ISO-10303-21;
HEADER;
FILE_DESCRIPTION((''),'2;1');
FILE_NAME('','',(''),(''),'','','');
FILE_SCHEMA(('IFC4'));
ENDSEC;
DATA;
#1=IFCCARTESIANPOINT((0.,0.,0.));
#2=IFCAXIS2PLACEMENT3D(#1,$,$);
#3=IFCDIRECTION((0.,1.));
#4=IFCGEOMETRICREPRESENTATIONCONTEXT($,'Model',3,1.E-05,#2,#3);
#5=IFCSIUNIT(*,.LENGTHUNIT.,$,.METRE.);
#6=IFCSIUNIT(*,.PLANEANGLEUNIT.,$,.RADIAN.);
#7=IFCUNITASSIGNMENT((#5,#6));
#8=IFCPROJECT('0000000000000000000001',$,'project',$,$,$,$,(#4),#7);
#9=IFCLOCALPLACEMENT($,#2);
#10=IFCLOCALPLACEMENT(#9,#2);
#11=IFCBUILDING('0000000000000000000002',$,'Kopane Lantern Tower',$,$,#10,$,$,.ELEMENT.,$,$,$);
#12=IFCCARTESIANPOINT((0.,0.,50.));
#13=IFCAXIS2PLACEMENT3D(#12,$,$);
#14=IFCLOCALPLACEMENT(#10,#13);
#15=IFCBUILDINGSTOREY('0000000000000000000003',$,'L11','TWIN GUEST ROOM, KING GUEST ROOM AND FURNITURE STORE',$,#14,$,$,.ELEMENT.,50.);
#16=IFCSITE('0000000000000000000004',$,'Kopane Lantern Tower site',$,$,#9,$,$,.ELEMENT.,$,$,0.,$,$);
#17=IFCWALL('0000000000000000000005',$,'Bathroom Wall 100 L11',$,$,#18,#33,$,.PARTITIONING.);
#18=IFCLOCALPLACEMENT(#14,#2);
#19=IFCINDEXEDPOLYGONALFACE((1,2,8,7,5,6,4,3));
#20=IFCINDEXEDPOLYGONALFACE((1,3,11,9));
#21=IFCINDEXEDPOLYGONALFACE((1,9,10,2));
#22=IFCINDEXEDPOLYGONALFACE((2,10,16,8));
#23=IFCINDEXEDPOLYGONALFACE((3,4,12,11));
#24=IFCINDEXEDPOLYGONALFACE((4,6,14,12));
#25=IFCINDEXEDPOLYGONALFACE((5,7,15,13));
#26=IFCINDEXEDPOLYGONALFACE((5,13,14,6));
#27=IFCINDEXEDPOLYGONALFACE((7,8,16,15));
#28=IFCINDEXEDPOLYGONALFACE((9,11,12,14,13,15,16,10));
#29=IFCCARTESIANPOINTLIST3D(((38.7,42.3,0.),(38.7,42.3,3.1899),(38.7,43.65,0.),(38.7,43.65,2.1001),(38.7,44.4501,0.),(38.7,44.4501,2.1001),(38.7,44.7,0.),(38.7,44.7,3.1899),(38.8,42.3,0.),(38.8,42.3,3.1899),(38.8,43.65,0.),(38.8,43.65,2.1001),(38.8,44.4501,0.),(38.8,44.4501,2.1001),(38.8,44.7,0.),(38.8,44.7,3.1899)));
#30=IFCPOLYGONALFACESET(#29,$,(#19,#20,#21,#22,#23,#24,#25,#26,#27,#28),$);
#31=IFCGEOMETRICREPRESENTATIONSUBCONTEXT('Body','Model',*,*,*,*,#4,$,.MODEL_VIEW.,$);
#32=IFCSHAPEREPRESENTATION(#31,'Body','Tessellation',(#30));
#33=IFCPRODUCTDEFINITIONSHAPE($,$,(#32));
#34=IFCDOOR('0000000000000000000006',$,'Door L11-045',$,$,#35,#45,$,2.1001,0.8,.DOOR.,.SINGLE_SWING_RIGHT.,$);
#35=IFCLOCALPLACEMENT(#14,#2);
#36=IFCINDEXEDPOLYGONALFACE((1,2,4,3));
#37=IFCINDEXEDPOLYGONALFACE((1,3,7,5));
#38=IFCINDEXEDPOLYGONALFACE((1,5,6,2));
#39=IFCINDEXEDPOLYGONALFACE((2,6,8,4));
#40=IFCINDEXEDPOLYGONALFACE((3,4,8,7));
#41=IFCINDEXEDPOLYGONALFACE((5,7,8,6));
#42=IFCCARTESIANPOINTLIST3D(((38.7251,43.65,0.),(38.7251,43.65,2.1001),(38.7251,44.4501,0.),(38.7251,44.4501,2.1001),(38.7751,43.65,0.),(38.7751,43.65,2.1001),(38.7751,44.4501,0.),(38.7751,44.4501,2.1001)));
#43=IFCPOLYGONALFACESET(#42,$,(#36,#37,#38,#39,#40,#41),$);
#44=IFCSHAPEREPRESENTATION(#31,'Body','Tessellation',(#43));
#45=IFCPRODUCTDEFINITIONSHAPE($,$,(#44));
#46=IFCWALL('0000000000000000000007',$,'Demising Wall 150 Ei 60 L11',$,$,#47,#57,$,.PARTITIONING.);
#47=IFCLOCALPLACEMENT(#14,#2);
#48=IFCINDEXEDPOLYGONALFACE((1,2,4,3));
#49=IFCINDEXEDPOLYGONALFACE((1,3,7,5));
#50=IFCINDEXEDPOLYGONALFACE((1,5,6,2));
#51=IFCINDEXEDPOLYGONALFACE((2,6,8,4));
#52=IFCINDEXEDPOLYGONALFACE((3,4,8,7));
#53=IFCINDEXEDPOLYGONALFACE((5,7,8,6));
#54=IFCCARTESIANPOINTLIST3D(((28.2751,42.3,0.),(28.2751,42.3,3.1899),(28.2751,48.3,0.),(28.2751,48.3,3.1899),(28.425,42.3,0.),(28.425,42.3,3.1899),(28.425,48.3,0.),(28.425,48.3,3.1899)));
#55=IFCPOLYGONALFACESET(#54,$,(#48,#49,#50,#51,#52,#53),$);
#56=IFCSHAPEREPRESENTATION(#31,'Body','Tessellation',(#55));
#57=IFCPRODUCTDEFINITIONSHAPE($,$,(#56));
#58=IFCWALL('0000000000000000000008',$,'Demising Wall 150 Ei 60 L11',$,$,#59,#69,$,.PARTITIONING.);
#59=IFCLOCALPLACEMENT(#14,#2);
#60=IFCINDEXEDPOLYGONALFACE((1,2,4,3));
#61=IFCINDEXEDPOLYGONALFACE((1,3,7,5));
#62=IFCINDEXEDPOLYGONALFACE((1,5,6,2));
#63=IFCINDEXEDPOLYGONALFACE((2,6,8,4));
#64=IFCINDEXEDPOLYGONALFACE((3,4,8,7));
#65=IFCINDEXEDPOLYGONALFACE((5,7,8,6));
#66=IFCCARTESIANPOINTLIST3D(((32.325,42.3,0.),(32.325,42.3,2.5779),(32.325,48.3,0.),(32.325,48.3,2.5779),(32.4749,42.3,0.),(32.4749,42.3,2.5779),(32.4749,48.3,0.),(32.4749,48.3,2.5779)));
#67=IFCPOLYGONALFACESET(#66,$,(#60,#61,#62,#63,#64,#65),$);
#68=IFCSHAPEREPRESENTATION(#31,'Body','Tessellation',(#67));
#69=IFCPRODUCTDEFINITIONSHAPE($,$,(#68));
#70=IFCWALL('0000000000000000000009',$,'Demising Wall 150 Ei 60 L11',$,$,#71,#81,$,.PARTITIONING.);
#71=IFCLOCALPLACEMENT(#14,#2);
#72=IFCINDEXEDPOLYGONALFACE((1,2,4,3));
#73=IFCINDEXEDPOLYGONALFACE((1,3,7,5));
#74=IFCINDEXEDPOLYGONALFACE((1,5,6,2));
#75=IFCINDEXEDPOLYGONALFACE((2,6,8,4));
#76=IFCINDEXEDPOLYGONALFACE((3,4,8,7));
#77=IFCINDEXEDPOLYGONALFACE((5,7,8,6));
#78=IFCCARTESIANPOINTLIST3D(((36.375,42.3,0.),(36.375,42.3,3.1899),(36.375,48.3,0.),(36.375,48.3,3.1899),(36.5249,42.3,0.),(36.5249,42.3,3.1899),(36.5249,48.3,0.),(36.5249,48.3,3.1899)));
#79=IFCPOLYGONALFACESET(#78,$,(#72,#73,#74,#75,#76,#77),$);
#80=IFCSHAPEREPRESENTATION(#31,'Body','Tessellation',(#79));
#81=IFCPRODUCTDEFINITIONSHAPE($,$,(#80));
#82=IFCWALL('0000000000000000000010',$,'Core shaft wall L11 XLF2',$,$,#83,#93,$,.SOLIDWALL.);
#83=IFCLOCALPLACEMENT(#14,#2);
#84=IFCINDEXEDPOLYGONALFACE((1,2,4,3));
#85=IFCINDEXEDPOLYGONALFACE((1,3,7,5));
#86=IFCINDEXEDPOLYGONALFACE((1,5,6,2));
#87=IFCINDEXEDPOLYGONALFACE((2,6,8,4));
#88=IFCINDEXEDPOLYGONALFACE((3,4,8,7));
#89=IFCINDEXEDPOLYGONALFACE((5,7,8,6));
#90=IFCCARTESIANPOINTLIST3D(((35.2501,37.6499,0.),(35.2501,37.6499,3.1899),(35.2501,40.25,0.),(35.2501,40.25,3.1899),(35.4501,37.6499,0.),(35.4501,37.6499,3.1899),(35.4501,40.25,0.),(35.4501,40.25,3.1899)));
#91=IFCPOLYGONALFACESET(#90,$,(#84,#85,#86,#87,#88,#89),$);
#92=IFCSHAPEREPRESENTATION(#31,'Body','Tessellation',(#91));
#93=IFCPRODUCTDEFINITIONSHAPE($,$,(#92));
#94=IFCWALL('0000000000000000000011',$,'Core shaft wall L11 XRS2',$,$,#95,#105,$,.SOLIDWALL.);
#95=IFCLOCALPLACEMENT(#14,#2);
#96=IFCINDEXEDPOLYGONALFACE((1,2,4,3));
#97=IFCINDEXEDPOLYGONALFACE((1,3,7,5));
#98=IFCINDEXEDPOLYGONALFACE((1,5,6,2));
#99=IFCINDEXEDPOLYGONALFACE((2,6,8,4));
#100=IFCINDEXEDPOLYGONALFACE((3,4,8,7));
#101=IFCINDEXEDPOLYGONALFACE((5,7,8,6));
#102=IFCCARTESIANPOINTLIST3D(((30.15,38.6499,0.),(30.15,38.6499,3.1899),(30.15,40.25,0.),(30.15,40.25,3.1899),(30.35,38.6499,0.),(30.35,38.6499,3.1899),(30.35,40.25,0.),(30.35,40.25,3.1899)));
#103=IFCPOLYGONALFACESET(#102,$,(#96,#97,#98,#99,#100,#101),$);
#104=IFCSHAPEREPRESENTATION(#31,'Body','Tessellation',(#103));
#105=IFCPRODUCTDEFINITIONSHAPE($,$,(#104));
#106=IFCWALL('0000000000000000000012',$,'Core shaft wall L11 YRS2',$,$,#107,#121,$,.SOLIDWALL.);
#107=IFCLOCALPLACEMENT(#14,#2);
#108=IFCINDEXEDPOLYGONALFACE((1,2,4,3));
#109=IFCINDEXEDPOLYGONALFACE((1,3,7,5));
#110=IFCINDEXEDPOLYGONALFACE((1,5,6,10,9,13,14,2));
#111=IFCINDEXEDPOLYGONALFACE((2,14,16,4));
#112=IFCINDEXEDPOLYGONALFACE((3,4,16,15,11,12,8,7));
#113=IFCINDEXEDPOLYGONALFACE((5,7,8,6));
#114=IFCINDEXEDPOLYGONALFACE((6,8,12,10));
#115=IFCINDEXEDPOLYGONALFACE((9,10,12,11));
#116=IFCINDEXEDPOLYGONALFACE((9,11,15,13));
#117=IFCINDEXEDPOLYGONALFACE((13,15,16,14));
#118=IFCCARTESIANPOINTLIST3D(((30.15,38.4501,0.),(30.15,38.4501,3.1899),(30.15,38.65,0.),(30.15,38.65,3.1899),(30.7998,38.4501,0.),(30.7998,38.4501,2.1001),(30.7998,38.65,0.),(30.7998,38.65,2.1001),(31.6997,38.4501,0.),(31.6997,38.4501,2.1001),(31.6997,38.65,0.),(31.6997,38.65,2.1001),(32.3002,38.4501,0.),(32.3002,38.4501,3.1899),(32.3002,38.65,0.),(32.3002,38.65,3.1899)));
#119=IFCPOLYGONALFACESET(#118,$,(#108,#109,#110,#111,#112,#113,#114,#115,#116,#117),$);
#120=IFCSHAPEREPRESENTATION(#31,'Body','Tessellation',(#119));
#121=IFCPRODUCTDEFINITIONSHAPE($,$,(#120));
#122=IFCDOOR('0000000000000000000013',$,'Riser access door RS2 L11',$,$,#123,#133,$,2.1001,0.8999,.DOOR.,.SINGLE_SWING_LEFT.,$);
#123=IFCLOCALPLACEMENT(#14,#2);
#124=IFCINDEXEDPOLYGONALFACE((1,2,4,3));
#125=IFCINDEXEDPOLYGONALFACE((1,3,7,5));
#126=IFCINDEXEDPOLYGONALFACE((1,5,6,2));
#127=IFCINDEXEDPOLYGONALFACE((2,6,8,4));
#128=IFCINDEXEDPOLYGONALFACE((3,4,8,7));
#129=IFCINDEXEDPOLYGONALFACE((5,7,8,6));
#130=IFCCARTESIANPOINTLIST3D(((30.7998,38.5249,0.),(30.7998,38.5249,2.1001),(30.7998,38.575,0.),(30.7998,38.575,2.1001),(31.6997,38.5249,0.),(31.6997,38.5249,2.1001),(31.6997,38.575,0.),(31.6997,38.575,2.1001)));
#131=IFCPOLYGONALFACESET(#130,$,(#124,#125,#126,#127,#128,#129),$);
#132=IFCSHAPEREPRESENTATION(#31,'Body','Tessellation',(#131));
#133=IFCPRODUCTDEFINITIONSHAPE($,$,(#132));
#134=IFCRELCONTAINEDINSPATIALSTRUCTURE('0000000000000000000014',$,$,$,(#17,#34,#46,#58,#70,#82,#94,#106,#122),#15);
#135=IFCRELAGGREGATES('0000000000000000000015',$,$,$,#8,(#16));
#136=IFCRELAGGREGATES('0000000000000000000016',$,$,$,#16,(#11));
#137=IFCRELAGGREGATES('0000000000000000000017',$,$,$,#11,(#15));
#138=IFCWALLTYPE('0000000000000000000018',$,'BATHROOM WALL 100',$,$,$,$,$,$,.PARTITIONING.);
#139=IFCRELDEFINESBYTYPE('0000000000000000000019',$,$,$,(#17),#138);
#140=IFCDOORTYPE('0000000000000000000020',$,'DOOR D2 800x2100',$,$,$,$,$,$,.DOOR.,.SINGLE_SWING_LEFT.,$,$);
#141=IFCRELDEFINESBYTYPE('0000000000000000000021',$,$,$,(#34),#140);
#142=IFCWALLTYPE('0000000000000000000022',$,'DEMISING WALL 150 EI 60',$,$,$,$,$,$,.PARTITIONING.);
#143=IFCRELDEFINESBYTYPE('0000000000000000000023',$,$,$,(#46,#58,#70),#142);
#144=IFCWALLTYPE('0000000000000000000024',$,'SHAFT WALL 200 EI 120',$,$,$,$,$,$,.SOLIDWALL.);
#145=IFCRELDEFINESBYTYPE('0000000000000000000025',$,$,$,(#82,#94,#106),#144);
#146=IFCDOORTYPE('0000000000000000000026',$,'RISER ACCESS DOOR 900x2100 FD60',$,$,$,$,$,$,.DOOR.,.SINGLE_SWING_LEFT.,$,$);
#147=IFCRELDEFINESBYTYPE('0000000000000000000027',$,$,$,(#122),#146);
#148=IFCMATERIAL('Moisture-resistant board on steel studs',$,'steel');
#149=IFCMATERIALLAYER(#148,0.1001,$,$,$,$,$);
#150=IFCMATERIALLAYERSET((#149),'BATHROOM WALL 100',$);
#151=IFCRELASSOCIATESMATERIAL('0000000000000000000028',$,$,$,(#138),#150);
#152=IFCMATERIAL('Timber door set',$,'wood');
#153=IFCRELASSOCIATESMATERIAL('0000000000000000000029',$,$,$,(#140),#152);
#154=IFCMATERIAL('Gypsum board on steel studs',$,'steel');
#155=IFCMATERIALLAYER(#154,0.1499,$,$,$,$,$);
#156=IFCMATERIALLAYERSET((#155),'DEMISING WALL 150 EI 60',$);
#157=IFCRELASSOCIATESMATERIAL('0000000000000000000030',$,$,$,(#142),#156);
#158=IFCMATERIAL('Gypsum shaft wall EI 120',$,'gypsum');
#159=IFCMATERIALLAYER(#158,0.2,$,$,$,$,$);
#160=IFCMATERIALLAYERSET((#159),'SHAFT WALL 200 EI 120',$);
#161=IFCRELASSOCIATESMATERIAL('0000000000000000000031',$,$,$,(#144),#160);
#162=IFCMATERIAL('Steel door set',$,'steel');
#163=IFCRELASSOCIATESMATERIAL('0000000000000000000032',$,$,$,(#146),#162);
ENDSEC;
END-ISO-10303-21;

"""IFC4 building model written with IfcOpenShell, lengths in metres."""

from ifc_helpers import new_model, si_unit, direction, frame, frame_2d, origin, place, context, subcontext, project, spatial, rectangle, extrude, material, layer, layer_set, type_object, element, fill, save


model = new_model("IFC4")

# Units and contexts
model_context = context("Model", 3, precision=1e-05, world=origin(), true_north=direction((0.0, 1.0)))
body_context = subcontext(model_context, "Body", "Model", "MODEL_VIEW")
ifc_project = project(units=[si_unit("LENGTHUNIT", "METRE"), si_unit("PLANEANGLEUNIT", "RADIAN")], contexts=[model_context])

# Site, building, storey
site_placement = place(None, origin())
site = spatial("IfcSite", under=ifc_project, at=site_placement, Name="Kopane Lantern Tower site", CompositionType="ELEMENT", RefElevation=0.0)
building_placement = place(site_placement, origin())
building = spatial("IfcBuilding", under=site, at=building_placement, Name="Kopane Lantern Tower", CompositionType="ELEMENT")
storey_placement = place(building_placement, frame((0.0, 0.0, 50.0)))
storey = spatial("IfcBuildingStorey", under=building, at=storey_placement, Name="L11", Description="TWIN GUEST ROOM, KING GUEST ROOM AND FURNITURE STORE", CompositionType="ELEMENT", Elevation=50.0)

# Shared definitions
ifc_material_1 = material(Name="Moisture-resistant board on steel studs", Category="steel")
ifc_layer_1 = layer(ifc_material_1, 0.1001)
ifc_layer_set_1 = layer_set([ifc_layer_1], Name="BATHROOM WALL 100")
wall_type_1 = type_object("IfcWallType", Name="BATHROOM WALL 100", PredefinedType="PARTITIONING", material=ifc_layer_set_1)
ifc_material_2 = material(Name="Timber door set", Category="wood")
door_type_1 = type_object("IfcDoorType", Name="DOOR D2 800x2100", OperationType="SINGLE_SWING_LEFT", PredefinedType="DOOR", material=ifc_material_2)

# Wall, opening, door
wall_1_placement = place(storey_placement, frame((38.75, 42.3, 0.0), z_axis=(0.0, 0.0, 1.0), x_axis=(0.0, 1.0, 0.0)))
wall_1 = element("IfcWall", 1, at=wall_1_placement, inside=storey, type_object=wall_type_1, Name="Bathroom Wall 100 L11", PredefinedType="PARTITIONING", context=body_context, shape_type="SweptSolid", body=[
    extrude(rectangle(XDim=2.3999, YDim=0.1001, at=frame_2d((1.2, 0.0))), origin(), (0.0, 0.0, 1.0), 3.1899),
])
opening_1_placement = place(wall_1_placement, frame((1.3501, 0.0, 0.0)))
opening_1 = element("IfcOpeningElement", 2, at=opening_1_placement, cuts=wall_1, PredefinedType="OPENING", context=body_context, shape_type="SweptSolid", body=[
    extrude(rectangle(XDim=0.8, YDim=2.1001, at=frame_2d((0.3999, 1.05))), frame((0.0, 0.0601, 0.0), z_axis=(0.0, -1.0, 0.0), x_axis=(1.0, 0.0, 0.0)), (0.0, 0.0, 1.0), 0.1201),
])
door_1_placement = place(opening_1_placement, origin())
door_1 = element("IfcDoor", 3, at=door_1_placement, inside=storey, type_object=door_type_1, Name="Door L11-045", OperationType="SINGLE_SWING_RIGHT", OverallHeight=2.1001, OverallWidth=0.8, PredefinedType="DOOR", context=body_context, shape_type="SweptSolid", body=[
    extrude(rectangle(XDim=0.8, YDim=2.1001, at=frame_2d((0.3999, 1.05))), frame((0.0, 0.0249, 0.0), z_axis=(0.0, -1.0, 0.0), x_axis=(1.0, 0.0, 0.0)), (0.0, 0.0, 1.0), 0.05),
])
fill(opening_1, door_1)

# Walls
ifc_material_3 = material(Name="Gypsum board on steel studs", Category="steel")
ifc_layer_2 = layer(ifc_material_3, 0.1499)
ifc_layer_set_2 = layer_set([ifc_layer_2], Name="DEMISING WALL 150 EI 60")
wall_type_2 = type_object("IfcWallType", Name="DEMISING WALL 150 EI 60", PredefinedType="PARTITIONING", material=ifc_layer_set_2)
wall_2_placement = place(storey_placement, frame((28.3501, 42.3, 0.0), z_axis=(0.0, 0.0, 1.0), x_axis=(0.0, 1.0, 0.0)))
element("IfcWall", 4, at=wall_2_placement, inside=storey, type_object=wall_type_2, Name="Demising Wall 150 Ei 60 L11", PredefinedType="PARTITIONING", context=body_context, shape_type="SweptSolid", body=[
    extrude(rectangle(XDim=6.0, YDim=0.1499, at=frame_2d((3.0, 0.0))), origin(), (0.0, 0.0, 1.0), 3.1899),
])
wall_3_placement = place(storey_placement, frame((32.3999, 42.3, 0.0), z_axis=(0.0, 0.0, 1.0), x_axis=(0.0, 1.0, 0.0)))
element("IfcWall", 5, at=wall_3_placement, inside=storey, type_object=wall_type_2, Name="Demising Wall 150 Ei 60 L11", PredefinedType="PARTITIONING", context=body_context, shape_type="SweptSolid", body=[
    extrude(rectangle(XDim=6.0, YDim=0.1499, at=frame_2d((3.0, 0.0))), origin(), (0.0, 0.0, 1.0), 2.5779),
])
wall_4_placement = place(storey_placement, frame((36.45, 42.3, 0.0), z_axis=(0.0, 0.0, 1.0), x_axis=(0.0, 1.0, 0.0)))
element("IfcWall", 6, at=wall_4_placement, inside=storey, type_object=wall_type_2, Name="Demising Wall 150 Ei 60 L11", PredefinedType="PARTITIONING", context=body_context, shape_type="SweptSolid", body=[
    extrude(rectangle(XDim=6.0, YDim=0.1499, at=frame_2d((3.0, 0.0))), origin(), (0.0, 0.0, 1.0), 3.1899),
])
ifc_material_4 = material(Name="Gypsum shaft wall EI 120", Category="gypsum")
ifc_layer_3 = layer(ifc_material_4, 0.2)
ifc_layer_set_3 = layer_set([ifc_layer_3], Name="SHAFT WALL 200 EI 120")
wall_type_3 = type_object("IfcWallType", Name="SHAFT WALL 200 EI 120", PredefinedType="SOLIDWALL", material=ifc_layer_set_3)
wall_5_placement = place(storey_placement, frame((35.3501, 37.6499, 0.0), z_axis=(0.0, 0.0, 1.0), x_axis=(0.0, 1.0, 0.0)))
element("IfcWall", 7, at=wall_5_placement, inside=storey, type_object=wall_type_3, Name="Core shaft wall L11 XLF2", PredefinedType="SOLIDWALL", context=body_context, shape_type="SweptSolid", body=[
    extrude(rectangle(XDim=2.6001, YDim=0.2, at=frame_2d((1.3, 0.0))), origin(), (0.0, 0.0, 1.0), 3.1899),
])
wall_6_placement = place(storey_placement, frame((30.25, 38.6499, 0.0), z_axis=(0.0, 0.0, 1.0), x_axis=(0.0, 1.0, 0.0)))
element("IfcWall", 8, at=wall_6_placement, inside=storey, type_object=wall_type_3, Name="Core shaft wall L11 XRS2", PredefinedType="SOLIDWALL", context=body_context, shape_type="SweptSolid", body=[
    extrude(rectangle(XDim=1.6001, YDim=0.2, at=frame_2d((0.8, 0.0))), origin(), (0.0, 0.0, 1.0), 3.1899),
])

# Wall, opening, door
wall_7_placement = place(storey_placement, frame((30.1499, 38.55, 0.0), z_axis=(0.0, 0.0, 1.0), x_axis=(1.0, 0.0, 0.0)))
wall_7 = element("IfcWall", 9, at=wall_7_placement, inside=storey, type_object=wall_type_3, Name="Core shaft wall L11 YRS2", PredefinedType="SOLIDWALL", context=body_context, shape_type="SweptSolid", body=[
    extrude(rectangle(XDim=2.1501, YDim=0.2, at=frame_2d((1.0752, 0.0))), origin(), (0.0, 0.0, 1.0), 3.1899),
])
opening_2_placement = place(wall_7_placement, frame((0.6499, 0.0, 0.0)))
opening_2 = element("IfcOpeningElement", 10, at=opening_2_placement, cuts=wall_7, PredefinedType="OPENING", context=body_context, shape_type="SweptSolid", body=[
    extrude(rectangle(XDim=0.8999, YDim=2.1001, at=frame_2d((0.45, 1.05))), frame((0.0, 0.1099, 0.0), z_axis=(0.0, -1.0, 0.0), x_axis=(1.0, 0.0, 0.0)), (0.0, 0.0, 1.0), 0.22),
])
ifc_material_5 = material(Name="Steel door set", Category="steel")
door_type_2 = type_object("IfcDoorType", Name="RISER ACCESS DOOR 900x2100 FD60", OperationType="SINGLE_SWING_LEFT", PredefinedType="DOOR", material=ifc_material_5)
door_2_placement = place(opening_2_placement, origin())
door_2 = element("IfcDoor", 11, at=door_2_placement, inside=storey, type_object=door_type_2, Name="Riser access door RS2 L11", OperationType="SINGLE_SWING_LEFT", OverallHeight=2.1001, OverallWidth=0.8999, PredefinedType="DOOR", context=body_context, shape_type="SweptSolid", body=[
    extrude(rectangle(XDim=0.8999, YDim=2.1001, at=frame_2d((0.45, 1.05))), frame((0.0, 0.0249, 0.0), z_axis=(0.0, -1.0, 0.0), x_axis=(1.0, 0.0, 0.0)), (0.0, 0.0, 1.0), 0.05),
])
fill(opening_2, door_2)

save(model, "model.ifc")
